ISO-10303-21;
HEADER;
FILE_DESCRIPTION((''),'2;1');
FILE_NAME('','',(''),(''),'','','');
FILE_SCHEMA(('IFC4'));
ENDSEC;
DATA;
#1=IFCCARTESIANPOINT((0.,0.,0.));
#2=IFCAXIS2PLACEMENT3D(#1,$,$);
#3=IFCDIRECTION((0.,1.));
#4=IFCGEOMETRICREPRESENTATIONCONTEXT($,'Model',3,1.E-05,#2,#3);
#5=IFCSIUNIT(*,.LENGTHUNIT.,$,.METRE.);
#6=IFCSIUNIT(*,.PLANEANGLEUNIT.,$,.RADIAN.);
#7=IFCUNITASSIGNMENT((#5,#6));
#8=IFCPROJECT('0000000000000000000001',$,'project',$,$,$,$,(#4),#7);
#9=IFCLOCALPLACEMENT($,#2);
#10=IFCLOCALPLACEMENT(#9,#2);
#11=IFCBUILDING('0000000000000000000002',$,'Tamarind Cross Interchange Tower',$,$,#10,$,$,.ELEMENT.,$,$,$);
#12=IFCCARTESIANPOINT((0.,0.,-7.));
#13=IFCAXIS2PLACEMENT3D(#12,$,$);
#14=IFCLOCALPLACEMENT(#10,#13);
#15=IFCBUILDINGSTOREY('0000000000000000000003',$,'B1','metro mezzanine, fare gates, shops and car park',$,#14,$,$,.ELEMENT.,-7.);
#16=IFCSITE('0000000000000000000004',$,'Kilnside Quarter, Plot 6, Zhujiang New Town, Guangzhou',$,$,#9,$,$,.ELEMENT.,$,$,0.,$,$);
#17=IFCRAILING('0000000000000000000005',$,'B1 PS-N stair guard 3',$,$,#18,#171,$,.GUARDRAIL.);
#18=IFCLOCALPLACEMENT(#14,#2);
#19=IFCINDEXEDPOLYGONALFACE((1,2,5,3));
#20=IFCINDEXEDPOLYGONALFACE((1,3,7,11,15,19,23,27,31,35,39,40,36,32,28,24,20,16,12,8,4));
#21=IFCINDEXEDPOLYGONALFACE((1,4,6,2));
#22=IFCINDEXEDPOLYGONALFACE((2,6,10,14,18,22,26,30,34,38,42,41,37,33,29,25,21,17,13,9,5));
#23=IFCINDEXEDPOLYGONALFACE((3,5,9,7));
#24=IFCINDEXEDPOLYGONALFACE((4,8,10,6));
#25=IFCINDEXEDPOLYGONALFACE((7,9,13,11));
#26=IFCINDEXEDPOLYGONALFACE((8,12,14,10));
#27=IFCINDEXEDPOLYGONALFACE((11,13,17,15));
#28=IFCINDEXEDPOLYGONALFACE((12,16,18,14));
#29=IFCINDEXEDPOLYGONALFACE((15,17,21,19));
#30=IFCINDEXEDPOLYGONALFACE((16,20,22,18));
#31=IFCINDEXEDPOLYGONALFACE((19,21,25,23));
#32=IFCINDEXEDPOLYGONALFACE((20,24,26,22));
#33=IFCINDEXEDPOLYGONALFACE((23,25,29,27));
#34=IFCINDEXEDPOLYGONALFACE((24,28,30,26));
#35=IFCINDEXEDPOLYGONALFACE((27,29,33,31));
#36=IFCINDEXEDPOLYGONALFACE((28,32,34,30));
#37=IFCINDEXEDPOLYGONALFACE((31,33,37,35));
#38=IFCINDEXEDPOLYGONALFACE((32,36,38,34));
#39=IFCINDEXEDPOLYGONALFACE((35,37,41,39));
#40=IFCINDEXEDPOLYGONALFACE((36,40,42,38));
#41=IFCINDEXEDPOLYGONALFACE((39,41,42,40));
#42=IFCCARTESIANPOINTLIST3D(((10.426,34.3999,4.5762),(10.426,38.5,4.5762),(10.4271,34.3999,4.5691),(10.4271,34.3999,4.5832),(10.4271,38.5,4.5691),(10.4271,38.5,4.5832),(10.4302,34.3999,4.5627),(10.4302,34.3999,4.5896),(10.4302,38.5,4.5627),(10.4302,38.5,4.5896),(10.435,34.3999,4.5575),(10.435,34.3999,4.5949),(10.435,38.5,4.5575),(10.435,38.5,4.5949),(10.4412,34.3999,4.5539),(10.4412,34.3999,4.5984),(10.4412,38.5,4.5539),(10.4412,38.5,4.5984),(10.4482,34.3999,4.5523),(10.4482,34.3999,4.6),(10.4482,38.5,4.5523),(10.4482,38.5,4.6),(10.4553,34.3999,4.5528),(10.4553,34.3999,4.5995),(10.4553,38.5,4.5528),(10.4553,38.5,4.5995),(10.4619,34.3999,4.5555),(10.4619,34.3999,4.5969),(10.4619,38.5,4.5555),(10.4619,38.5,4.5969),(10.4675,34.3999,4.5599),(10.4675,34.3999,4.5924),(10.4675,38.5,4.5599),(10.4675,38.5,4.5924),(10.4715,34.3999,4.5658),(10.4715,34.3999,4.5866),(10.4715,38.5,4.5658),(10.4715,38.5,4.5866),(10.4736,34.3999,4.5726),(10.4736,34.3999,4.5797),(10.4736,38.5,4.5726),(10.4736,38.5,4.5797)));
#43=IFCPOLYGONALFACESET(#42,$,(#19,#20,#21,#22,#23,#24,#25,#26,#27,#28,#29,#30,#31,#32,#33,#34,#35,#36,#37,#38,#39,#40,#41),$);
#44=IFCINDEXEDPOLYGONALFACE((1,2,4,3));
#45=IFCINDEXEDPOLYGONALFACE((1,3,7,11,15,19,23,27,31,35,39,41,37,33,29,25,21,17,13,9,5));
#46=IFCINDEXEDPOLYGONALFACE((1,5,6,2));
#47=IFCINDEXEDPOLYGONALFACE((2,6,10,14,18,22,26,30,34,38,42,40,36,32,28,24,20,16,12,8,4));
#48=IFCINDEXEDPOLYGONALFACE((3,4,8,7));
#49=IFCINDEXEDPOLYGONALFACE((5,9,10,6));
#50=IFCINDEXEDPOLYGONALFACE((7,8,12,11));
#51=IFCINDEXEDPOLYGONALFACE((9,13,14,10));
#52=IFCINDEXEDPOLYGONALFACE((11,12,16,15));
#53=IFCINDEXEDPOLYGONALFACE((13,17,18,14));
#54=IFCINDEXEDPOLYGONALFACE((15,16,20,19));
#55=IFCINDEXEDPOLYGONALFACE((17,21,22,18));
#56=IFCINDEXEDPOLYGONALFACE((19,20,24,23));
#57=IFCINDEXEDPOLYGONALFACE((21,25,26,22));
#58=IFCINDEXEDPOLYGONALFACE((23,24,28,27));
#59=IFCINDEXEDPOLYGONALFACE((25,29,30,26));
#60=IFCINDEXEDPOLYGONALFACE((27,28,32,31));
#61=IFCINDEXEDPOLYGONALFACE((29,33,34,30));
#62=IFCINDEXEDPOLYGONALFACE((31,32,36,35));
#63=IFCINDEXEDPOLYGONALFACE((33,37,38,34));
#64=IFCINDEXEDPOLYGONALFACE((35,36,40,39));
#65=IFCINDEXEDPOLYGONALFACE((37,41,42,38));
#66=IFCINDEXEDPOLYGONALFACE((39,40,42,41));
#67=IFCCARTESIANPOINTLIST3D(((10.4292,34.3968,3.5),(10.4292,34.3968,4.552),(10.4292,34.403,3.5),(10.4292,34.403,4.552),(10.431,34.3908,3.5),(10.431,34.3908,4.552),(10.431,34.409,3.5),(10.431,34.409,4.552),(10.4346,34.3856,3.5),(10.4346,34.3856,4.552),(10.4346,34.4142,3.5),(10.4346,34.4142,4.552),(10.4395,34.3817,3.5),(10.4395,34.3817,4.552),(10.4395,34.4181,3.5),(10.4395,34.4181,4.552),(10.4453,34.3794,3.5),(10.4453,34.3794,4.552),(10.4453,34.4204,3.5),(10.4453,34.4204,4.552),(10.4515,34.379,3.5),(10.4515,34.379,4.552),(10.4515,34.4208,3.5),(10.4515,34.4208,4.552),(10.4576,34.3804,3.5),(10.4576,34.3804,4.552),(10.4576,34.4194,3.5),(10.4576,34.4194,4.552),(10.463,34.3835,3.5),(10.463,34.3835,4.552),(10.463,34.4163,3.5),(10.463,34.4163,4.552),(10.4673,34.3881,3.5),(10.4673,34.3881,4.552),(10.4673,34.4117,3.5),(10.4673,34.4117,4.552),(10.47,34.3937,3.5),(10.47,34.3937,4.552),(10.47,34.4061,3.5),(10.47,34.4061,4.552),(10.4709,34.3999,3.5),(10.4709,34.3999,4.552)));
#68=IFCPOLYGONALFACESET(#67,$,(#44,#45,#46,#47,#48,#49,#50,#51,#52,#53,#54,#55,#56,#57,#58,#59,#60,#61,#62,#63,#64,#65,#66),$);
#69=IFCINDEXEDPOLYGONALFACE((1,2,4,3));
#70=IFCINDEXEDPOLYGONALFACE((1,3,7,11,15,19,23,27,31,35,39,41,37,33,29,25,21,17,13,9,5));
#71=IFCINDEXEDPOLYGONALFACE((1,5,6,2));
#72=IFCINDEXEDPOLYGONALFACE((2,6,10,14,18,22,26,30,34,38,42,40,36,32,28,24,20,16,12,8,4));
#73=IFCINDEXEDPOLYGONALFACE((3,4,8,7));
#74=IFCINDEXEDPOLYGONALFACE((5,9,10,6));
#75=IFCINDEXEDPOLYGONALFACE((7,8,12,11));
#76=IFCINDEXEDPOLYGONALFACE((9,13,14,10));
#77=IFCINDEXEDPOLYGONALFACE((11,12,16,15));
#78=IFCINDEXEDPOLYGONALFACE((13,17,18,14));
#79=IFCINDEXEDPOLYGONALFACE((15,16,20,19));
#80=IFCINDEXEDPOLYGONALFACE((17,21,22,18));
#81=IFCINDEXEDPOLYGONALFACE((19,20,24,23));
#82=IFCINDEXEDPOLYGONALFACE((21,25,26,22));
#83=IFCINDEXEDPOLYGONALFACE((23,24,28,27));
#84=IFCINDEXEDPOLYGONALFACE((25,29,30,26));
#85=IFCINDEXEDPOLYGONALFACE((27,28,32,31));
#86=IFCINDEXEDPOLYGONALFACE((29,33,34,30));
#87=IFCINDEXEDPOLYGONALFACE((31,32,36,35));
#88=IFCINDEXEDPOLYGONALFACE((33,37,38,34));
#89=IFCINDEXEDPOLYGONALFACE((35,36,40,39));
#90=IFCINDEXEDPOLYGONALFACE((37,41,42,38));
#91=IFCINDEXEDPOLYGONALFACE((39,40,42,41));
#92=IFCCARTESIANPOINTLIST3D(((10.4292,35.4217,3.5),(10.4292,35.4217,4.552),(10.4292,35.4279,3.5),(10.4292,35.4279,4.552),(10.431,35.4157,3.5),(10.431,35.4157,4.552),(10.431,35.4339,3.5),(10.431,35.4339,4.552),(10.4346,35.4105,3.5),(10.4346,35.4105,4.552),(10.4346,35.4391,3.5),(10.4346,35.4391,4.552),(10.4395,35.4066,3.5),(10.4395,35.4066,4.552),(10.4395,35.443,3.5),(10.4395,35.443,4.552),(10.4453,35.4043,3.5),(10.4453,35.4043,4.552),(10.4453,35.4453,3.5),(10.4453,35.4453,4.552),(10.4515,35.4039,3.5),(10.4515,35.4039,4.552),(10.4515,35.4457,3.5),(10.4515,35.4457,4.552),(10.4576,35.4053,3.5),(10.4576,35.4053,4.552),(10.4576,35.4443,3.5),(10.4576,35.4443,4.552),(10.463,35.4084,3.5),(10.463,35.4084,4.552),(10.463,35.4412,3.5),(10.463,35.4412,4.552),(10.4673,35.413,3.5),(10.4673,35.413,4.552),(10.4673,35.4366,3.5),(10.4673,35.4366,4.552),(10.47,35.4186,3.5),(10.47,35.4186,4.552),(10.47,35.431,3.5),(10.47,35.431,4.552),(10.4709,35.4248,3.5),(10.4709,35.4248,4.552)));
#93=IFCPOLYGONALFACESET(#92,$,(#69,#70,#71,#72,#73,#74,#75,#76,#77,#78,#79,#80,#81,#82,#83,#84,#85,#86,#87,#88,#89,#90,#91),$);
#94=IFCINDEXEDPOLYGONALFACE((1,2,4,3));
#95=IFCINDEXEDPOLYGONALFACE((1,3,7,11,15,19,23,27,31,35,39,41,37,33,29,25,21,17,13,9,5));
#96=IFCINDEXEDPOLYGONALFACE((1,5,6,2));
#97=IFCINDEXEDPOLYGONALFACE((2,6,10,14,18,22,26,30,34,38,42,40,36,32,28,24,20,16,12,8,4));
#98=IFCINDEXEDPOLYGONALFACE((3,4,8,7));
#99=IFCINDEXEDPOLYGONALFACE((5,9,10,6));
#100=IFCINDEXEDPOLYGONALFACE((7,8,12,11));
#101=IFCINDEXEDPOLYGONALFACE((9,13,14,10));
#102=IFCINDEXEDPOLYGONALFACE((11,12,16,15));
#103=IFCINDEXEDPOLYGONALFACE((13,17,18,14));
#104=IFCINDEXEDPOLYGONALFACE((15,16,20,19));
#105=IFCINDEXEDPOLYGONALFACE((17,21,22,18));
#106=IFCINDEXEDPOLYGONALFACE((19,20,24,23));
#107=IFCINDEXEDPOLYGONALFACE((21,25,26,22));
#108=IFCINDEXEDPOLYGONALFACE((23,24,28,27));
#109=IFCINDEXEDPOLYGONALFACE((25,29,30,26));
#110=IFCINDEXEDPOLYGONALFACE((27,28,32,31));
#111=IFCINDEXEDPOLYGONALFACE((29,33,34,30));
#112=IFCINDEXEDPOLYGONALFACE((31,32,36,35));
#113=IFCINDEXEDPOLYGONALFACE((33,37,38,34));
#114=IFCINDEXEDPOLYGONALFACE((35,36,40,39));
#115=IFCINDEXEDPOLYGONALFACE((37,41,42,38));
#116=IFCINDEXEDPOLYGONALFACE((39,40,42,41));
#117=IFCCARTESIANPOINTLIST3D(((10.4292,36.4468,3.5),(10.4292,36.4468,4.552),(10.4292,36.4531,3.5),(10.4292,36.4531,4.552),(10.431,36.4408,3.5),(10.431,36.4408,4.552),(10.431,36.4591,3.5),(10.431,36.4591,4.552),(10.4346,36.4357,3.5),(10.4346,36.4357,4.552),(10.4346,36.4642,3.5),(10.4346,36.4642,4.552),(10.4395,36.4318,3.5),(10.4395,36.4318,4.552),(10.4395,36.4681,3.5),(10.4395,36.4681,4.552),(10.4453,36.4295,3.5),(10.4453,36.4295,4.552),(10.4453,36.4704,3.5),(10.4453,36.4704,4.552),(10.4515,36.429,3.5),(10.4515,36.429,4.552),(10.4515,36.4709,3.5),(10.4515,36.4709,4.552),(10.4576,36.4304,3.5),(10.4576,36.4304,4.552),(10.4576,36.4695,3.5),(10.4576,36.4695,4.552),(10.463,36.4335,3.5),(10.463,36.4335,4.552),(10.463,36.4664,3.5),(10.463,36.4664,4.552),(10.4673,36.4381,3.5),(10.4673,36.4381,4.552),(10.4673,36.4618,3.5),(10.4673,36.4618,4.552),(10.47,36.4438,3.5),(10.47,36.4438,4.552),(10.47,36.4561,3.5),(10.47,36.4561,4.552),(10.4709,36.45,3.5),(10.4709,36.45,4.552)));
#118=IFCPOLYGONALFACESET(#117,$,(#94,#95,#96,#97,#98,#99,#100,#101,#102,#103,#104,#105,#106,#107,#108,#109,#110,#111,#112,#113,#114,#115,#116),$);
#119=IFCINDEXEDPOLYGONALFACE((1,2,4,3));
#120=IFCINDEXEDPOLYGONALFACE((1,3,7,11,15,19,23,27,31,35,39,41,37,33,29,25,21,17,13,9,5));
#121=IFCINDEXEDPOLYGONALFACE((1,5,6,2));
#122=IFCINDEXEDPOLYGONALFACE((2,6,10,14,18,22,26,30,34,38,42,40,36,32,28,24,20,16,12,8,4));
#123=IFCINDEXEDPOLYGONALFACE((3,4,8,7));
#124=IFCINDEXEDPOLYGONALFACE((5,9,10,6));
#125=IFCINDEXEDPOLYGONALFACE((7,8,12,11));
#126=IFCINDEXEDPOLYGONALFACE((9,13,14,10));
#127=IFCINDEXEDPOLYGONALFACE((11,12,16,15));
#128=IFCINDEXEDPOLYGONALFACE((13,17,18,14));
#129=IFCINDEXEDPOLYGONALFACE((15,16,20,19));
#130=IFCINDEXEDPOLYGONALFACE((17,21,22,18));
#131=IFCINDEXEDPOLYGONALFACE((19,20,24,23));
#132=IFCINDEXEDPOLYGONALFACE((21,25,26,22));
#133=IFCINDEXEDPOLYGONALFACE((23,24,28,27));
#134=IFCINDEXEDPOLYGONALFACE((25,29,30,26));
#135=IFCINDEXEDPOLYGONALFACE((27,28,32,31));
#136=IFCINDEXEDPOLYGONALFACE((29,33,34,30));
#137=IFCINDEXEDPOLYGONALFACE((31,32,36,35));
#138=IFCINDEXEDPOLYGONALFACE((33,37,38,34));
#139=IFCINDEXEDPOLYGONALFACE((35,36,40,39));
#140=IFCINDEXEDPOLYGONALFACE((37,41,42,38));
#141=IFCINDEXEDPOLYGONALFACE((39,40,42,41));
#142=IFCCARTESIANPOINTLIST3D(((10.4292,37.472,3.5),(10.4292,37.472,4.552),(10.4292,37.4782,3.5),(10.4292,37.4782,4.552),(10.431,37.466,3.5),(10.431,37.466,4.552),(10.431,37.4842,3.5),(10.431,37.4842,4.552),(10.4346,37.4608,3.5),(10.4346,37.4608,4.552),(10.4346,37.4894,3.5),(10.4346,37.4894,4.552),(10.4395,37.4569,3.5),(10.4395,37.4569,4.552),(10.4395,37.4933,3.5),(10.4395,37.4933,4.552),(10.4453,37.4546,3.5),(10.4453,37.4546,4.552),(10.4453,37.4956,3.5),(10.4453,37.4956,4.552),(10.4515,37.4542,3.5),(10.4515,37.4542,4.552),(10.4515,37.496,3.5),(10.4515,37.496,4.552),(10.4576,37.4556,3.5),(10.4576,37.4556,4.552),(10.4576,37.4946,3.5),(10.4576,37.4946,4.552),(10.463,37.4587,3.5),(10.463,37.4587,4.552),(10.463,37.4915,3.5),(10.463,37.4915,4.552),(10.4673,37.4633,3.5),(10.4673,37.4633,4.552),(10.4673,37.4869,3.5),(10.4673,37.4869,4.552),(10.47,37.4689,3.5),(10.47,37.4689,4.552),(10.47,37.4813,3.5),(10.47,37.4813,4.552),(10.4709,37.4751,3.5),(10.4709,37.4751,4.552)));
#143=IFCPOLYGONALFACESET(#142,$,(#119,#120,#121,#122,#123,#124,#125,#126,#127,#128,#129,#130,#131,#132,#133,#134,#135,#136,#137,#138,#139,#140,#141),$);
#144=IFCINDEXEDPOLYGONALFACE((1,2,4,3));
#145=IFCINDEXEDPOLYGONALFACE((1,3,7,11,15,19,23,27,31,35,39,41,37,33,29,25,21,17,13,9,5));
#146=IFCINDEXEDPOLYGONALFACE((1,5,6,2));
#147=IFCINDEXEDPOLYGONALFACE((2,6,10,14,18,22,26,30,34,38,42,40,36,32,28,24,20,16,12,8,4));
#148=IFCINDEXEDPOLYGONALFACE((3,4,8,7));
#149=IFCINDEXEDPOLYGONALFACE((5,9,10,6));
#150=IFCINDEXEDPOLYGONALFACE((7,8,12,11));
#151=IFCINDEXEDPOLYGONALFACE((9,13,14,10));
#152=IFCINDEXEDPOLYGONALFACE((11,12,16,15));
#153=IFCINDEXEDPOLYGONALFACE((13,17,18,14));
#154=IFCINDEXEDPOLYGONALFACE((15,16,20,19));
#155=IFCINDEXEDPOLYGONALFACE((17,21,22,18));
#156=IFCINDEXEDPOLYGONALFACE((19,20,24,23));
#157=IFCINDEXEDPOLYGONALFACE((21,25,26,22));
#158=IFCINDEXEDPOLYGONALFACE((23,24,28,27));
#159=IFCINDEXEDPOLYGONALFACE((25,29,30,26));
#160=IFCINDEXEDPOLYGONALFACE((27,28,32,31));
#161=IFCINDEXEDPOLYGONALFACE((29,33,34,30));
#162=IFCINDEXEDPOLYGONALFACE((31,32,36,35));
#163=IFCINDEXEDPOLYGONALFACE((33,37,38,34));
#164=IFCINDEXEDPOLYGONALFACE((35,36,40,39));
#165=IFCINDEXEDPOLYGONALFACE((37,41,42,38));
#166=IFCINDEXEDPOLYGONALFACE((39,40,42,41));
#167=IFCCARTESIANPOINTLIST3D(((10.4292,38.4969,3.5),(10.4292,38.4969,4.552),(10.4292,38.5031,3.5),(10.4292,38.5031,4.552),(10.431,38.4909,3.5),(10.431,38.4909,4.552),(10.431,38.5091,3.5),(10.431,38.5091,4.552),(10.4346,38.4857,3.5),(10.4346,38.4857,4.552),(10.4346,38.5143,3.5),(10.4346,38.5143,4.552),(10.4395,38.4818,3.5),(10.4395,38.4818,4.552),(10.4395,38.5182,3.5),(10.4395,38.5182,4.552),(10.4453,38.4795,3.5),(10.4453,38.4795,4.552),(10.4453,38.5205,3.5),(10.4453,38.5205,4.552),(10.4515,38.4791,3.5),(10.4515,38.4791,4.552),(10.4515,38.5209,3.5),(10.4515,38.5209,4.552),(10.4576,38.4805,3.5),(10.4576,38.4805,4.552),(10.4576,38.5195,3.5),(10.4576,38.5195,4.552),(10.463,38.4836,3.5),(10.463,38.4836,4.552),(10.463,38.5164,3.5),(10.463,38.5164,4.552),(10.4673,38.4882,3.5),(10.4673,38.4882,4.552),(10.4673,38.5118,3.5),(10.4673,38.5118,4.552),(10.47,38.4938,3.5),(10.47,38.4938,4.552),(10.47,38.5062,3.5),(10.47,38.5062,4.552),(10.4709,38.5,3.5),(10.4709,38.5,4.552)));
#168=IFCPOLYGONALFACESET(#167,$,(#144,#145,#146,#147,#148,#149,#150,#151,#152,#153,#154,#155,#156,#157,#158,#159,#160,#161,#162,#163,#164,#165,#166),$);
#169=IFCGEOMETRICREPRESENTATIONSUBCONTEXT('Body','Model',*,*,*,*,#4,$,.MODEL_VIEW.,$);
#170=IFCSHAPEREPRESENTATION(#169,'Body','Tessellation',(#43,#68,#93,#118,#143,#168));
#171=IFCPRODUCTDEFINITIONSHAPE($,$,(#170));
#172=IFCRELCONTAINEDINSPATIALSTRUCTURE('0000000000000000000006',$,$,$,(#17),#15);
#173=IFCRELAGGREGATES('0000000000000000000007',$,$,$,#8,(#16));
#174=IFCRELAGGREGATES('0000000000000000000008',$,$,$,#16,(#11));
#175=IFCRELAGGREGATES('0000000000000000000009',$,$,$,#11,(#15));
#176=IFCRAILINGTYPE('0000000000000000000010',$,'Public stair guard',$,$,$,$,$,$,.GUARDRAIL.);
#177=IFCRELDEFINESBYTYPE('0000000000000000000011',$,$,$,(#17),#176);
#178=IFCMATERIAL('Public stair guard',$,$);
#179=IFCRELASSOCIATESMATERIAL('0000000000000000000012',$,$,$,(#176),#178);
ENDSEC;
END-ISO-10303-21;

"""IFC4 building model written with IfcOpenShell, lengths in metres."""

from ifc_helpers import new_model, si_unit, direction, frame, origin, origin_2d, place, context, subcontext, project, spatial, circle, extrude, material, type_object, element, save


model = new_model("IFC4")

# Units and contexts
model_context = context("Model", 3, precision=1e-05, world=origin(), true_north=direction((0.0, 1.0)))
body_context = subcontext(model_context, "Body", "Model", "MODEL_VIEW")
ifc_project = project(units=[si_unit("LENGTHUNIT", "METRE"), si_unit("PLANEANGLEUNIT", "RADIAN")], contexts=[model_context])

# Site, building, storey
site_placement = place(None, origin())
site = spatial("IfcSite", under=ifc_project, at=site_placement, Name="Kilnside Quarter, Plot 6, Zhujiang New Town, Guangzhou", CompositionType="ELEMENT", RefElevation=0.0)
building_placement = place(site_placement, origin())
building = spatial("IfcBuilding", under=site, at=building_placement, Name="Tamarind Cross Interchange Tower", CompositionType="ELEMENT")
storey_placement = place(building_placement, frame((0.0, 0.0, -7.0)))
storey = spatial("IfcBuildingStorey", under=building, at=storey_placement, Name="B1", Description="metro mezzanine, fare gates, shops and car park", CompositionType="ELEMENT", Elevation=-7.0)

# Railing
ifc_material_1 = material(Name="Public stair guard")
railing_type_1 = type_object("IfcRailingType", Name="Public stair guard", PredefinedType="GUARDRAIL", material=ifc_material_1)
for number, where, name in (
    (1, (10.45, 34.3999, 3.5), "B1 PS-N stair guard 3"),
):
    element("IfcRailing", number, at=place(storey_placement, frame(where)), inside=storey, type_object=railing_type_1, Name=name, PredefinedType="GUARDRAIL", context=body_context, shape_type="SweptSolid", body=[
        extrude(circle(Radius=0.0239, at=origin_2d()), frame((0.0, 0.0, 1.0762), z_axis=(0.0, 1.0, 0.0), x_axis=(-1.0, 0.0, 0.0)), (0.0, 0.0, 1.0), 4.1001),
        extrude(circle(Radius=0.021, at=origin_2d()), origin(), (0.0, 0.0, 1.0), 1.052),
        extrude(circle(Radius=0.021, at=origin_2d()), frame((0.0, 1.0249, 0.0)), (0.0, 0.0, 1.0), 1.052),
        extrude(circle(Radius=0.021, at=origin_2d()), frame((0.0, 2.05, 0.0)), (0.0, 0.0, 1.0), 1.052),
        extrude(circle(Radius=0.021, at=origin_2d()), frame((0.0, 3.0752, 0.0)), (0.0, 0.0, 1.0), 1.052),
        extrude(circle(Radius=0.021, at=origin_2d()), frame((0.0, 4.1001, 0.0)), (0.0, 0.0, 1.0), 1.052),
    ])

save(model, "model.ifc")
